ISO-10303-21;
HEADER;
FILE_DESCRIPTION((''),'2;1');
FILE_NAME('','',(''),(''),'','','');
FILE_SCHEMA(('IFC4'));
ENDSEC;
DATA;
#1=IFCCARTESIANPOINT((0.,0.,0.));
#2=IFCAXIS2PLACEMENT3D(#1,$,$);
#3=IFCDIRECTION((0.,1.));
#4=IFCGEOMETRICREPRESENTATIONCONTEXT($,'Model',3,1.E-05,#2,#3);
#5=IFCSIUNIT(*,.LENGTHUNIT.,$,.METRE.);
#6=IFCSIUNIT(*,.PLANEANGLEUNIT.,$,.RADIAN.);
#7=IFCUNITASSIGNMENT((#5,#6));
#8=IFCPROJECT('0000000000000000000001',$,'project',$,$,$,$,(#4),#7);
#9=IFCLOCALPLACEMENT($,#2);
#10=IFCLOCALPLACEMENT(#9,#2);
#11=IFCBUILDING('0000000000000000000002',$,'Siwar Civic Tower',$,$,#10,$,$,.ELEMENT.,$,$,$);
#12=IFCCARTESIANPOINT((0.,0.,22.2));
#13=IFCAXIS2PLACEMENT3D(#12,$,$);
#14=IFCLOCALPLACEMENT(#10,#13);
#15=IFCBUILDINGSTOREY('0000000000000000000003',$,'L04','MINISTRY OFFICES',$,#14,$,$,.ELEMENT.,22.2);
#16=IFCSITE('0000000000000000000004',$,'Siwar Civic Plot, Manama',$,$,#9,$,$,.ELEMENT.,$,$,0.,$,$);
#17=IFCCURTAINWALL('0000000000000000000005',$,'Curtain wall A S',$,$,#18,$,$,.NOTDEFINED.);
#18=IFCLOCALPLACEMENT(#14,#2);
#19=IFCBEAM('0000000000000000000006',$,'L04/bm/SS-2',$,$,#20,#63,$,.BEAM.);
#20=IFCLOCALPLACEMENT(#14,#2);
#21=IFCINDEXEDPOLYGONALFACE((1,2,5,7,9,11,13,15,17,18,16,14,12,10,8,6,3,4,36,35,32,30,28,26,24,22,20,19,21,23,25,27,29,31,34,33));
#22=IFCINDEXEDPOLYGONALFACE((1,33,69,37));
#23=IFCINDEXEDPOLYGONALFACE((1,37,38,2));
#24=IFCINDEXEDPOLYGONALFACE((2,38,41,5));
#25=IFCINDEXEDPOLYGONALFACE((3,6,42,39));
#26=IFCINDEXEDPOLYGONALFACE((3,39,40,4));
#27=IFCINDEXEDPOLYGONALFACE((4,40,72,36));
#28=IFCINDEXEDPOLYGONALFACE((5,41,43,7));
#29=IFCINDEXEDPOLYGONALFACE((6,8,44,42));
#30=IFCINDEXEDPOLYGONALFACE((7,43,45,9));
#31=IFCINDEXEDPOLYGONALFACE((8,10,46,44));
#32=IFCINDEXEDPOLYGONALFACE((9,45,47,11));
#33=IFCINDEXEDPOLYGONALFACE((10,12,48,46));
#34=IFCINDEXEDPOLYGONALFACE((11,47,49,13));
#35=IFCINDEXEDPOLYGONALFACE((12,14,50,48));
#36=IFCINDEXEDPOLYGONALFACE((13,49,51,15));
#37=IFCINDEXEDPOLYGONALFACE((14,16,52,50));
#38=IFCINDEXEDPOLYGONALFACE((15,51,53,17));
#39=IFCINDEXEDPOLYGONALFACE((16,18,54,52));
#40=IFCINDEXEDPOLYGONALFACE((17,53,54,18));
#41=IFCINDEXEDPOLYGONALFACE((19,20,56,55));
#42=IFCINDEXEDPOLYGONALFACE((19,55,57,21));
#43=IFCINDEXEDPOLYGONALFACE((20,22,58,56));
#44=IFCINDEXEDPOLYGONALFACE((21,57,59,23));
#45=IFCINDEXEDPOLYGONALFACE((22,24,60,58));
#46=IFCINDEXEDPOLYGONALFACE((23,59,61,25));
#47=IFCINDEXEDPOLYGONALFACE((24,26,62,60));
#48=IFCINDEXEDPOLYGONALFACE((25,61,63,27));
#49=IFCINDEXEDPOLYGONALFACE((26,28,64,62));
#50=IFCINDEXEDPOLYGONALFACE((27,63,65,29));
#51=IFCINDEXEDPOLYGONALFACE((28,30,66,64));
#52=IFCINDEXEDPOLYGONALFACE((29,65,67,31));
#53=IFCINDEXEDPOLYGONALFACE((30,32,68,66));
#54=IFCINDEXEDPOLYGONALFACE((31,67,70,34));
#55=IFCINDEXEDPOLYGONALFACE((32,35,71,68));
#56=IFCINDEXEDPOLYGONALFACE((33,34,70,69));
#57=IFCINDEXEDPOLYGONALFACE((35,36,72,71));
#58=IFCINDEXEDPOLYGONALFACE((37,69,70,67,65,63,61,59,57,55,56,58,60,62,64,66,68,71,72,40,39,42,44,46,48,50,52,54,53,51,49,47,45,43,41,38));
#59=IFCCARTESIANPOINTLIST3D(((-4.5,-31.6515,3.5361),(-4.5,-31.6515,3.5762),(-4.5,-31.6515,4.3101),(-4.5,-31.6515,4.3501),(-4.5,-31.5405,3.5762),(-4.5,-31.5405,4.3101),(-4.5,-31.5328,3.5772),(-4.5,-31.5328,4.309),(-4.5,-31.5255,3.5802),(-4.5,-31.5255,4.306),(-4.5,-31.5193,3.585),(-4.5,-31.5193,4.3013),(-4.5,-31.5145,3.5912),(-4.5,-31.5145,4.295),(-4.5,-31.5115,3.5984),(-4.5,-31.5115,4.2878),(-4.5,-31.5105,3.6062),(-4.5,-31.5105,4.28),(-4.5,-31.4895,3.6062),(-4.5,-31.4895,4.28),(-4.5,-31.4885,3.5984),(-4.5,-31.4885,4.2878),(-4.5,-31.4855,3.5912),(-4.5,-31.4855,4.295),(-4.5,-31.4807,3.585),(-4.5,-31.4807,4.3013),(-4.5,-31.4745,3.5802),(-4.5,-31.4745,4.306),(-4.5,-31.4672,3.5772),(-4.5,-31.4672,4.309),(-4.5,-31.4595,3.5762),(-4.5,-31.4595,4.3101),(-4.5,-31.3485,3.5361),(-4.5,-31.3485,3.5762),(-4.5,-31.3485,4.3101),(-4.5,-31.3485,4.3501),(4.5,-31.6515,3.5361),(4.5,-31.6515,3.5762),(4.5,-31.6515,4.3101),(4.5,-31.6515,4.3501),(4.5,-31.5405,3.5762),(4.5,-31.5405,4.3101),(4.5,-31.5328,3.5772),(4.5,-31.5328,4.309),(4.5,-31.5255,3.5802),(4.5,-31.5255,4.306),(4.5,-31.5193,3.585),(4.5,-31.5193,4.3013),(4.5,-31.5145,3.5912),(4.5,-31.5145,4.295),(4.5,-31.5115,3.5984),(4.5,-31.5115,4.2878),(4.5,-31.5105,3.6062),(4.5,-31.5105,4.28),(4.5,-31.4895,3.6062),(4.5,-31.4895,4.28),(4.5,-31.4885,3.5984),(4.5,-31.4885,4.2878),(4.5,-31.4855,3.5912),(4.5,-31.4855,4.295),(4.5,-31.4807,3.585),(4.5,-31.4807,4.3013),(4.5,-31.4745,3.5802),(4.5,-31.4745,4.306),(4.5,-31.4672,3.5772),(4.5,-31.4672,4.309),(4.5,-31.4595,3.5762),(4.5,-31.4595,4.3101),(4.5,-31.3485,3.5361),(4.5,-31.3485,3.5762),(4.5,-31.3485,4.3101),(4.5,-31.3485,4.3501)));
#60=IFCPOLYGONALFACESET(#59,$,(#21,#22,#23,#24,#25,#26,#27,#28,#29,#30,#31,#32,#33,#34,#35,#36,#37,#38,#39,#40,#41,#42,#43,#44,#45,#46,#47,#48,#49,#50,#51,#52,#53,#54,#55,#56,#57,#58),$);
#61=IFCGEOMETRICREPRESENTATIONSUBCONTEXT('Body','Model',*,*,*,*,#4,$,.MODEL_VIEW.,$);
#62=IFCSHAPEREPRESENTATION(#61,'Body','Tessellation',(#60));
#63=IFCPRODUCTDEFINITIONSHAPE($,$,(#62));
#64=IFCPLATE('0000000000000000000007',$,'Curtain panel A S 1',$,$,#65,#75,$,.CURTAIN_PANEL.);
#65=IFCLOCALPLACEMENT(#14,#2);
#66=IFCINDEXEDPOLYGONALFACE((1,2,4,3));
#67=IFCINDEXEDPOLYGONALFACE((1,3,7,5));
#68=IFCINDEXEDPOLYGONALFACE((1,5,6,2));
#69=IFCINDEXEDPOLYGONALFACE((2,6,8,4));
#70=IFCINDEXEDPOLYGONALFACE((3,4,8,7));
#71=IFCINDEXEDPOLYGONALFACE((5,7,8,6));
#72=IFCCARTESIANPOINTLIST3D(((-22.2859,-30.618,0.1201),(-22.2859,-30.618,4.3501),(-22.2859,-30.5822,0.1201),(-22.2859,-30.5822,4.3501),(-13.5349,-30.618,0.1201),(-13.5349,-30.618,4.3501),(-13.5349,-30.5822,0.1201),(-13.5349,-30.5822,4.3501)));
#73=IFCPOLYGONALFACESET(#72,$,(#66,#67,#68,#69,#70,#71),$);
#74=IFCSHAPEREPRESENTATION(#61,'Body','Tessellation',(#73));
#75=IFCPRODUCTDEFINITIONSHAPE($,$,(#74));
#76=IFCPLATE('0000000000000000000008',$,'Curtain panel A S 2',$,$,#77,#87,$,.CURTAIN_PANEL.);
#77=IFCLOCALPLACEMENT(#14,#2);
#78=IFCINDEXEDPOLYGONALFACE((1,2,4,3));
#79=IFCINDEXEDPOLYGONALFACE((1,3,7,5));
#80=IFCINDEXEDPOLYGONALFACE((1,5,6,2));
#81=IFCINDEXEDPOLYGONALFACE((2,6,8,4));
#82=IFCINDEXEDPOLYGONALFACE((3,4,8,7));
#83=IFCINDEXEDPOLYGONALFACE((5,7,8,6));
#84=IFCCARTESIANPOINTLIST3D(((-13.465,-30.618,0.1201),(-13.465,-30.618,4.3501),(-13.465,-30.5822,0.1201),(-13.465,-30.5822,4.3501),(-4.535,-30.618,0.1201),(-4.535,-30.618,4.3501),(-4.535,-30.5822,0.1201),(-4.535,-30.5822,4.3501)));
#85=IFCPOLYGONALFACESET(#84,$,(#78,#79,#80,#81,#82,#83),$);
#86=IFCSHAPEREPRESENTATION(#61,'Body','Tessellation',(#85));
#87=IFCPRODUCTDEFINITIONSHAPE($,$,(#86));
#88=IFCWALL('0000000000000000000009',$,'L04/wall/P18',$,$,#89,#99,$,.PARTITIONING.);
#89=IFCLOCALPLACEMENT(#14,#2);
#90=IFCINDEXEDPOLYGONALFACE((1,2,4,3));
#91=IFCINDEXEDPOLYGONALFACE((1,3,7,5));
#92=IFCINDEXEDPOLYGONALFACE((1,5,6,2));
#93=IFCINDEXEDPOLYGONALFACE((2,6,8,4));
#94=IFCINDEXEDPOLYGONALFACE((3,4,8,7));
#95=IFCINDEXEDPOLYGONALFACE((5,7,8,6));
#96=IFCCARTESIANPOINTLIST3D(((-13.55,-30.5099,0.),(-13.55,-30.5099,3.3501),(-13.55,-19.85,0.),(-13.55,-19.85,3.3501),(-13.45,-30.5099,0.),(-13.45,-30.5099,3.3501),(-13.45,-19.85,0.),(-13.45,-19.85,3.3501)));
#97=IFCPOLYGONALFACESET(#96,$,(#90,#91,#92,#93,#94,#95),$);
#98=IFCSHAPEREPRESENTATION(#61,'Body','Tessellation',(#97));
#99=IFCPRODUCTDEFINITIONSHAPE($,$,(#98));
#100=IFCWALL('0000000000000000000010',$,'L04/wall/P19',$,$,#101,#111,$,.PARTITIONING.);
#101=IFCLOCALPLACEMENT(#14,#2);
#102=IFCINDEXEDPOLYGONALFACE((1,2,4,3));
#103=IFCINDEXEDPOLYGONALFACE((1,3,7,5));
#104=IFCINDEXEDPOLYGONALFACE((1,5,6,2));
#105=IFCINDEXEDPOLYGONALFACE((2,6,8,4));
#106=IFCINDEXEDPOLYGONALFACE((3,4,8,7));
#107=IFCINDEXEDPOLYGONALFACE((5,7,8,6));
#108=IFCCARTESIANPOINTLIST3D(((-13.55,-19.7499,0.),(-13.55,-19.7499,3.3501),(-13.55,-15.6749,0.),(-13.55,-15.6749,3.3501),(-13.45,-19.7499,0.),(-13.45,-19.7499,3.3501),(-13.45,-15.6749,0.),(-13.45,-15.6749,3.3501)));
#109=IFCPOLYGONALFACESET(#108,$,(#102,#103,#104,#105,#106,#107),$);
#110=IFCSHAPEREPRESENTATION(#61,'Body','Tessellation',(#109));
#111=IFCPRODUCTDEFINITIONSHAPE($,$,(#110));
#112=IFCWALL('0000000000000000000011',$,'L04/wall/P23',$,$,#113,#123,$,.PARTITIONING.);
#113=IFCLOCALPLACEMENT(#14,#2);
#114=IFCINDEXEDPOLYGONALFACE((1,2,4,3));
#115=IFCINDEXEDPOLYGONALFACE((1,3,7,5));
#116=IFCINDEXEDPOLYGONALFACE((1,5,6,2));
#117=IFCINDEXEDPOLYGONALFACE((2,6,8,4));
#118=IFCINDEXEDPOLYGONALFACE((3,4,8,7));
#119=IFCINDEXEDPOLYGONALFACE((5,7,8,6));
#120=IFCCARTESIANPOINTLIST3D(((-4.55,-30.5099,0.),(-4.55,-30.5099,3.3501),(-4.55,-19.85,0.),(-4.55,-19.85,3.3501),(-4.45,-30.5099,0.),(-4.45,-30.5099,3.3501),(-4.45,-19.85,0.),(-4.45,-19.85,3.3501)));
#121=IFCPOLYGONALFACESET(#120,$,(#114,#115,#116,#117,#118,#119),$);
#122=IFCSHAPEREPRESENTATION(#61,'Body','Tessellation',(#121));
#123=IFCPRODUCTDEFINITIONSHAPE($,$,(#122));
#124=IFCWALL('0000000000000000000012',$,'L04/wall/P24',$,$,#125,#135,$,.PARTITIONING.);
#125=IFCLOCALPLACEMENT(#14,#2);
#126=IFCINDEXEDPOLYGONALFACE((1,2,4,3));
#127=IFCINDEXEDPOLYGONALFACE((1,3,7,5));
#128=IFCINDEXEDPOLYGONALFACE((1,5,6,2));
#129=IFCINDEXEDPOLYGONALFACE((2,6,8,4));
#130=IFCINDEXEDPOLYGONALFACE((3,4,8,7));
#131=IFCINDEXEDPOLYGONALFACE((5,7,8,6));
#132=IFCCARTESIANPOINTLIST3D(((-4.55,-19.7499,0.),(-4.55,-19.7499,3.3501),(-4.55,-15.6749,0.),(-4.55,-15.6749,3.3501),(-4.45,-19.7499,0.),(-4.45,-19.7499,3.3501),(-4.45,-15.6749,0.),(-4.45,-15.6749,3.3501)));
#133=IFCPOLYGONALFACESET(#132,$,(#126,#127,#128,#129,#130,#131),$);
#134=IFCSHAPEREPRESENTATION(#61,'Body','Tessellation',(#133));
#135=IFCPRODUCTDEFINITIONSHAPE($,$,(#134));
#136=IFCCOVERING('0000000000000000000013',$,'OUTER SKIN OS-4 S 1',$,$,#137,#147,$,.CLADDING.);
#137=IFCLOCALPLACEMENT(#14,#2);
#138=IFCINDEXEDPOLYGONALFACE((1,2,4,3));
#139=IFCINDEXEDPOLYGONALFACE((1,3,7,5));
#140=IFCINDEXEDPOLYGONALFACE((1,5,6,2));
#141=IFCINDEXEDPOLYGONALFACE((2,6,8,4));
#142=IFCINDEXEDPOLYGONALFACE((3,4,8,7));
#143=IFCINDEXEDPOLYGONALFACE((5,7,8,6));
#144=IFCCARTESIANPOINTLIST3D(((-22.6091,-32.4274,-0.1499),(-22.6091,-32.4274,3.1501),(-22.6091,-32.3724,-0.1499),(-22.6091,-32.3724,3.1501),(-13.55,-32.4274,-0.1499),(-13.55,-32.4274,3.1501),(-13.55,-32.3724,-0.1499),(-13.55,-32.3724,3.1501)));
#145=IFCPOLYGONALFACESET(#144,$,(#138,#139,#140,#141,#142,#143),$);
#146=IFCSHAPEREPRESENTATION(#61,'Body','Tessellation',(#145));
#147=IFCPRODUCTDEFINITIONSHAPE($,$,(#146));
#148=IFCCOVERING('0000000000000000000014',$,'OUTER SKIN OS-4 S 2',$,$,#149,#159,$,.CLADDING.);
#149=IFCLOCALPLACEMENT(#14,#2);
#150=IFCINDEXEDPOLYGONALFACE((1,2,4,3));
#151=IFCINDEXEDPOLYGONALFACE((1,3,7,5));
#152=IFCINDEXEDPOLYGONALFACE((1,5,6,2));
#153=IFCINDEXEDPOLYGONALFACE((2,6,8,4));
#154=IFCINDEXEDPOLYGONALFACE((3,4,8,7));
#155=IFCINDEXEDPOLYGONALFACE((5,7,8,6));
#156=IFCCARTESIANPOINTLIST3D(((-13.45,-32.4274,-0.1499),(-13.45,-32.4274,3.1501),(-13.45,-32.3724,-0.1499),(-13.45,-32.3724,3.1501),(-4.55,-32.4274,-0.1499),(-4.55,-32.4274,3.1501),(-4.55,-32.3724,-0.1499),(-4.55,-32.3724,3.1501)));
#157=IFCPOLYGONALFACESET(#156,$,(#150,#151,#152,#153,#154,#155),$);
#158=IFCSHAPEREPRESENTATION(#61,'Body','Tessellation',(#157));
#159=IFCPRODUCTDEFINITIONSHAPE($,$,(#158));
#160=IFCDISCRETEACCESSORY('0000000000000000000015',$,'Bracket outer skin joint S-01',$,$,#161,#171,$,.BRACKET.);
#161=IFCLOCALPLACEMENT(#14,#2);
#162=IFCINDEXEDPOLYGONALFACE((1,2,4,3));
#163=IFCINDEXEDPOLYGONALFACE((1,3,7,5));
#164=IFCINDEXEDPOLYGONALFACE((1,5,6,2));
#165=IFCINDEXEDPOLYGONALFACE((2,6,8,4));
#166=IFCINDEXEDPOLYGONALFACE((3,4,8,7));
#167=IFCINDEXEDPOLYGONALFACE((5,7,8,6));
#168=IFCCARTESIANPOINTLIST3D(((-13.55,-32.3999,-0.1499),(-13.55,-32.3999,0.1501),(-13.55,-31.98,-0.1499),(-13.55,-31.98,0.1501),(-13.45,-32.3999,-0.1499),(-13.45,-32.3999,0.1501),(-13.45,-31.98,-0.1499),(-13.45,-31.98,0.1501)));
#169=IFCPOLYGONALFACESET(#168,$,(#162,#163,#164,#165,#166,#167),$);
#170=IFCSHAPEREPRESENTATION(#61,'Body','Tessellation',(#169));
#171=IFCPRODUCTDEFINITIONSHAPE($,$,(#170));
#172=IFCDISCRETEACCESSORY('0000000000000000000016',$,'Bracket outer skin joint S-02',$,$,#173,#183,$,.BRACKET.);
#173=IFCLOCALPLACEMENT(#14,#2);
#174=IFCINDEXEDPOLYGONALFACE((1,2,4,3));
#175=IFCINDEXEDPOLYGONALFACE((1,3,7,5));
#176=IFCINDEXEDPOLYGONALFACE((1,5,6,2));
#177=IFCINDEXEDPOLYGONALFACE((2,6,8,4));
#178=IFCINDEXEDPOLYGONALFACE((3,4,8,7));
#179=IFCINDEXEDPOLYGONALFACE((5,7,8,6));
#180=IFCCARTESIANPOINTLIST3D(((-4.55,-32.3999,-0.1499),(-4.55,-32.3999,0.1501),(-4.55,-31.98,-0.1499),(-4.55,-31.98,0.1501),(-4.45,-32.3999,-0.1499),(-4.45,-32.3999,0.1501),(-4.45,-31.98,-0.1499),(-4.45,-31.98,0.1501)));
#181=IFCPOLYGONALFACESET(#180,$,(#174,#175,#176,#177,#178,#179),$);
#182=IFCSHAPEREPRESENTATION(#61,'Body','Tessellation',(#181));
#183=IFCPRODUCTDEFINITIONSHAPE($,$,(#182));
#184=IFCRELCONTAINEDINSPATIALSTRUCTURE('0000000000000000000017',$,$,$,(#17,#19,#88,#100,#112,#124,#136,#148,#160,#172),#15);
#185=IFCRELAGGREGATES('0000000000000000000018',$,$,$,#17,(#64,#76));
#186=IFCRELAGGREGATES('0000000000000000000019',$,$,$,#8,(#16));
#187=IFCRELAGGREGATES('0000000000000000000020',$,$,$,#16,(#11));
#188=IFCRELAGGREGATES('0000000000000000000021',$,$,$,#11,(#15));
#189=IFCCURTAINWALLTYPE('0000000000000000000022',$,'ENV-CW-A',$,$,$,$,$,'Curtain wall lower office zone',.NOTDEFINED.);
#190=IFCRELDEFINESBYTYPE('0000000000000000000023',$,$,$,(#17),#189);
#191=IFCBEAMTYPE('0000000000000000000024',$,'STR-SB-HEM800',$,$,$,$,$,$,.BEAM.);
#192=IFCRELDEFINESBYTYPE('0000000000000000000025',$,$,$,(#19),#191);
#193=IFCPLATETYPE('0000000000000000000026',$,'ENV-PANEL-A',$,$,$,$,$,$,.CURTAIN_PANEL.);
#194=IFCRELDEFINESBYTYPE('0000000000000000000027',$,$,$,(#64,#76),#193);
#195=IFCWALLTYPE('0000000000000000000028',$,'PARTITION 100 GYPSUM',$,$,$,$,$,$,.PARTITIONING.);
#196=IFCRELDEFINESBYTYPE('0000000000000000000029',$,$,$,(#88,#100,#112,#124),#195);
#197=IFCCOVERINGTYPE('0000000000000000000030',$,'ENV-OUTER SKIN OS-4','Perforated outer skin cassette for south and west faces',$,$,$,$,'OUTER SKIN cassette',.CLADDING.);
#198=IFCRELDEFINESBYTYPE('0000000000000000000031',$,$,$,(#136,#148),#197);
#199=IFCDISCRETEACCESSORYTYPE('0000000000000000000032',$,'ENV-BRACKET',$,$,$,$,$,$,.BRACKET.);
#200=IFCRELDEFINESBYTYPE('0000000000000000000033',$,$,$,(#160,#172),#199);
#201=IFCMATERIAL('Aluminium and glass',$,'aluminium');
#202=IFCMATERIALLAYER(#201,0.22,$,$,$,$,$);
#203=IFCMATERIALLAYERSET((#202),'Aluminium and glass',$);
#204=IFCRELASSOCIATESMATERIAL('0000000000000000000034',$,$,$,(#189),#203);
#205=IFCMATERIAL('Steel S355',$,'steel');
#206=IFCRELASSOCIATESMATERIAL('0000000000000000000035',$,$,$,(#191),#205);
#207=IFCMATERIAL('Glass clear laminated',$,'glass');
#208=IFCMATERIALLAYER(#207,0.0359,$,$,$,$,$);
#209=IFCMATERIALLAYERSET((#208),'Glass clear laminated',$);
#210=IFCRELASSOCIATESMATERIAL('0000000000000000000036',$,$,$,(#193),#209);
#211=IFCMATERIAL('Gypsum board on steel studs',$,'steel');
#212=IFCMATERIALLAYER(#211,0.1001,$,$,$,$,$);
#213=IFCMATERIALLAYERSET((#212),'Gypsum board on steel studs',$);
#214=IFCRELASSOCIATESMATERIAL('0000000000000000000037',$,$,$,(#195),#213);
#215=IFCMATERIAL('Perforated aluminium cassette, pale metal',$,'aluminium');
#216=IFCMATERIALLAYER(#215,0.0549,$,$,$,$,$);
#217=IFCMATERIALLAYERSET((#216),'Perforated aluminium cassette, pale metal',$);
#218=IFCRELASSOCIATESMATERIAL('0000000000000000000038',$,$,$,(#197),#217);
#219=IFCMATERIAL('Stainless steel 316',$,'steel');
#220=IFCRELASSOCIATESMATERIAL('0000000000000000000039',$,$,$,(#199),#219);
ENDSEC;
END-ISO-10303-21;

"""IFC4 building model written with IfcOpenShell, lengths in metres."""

from ifc_helpers import new_model, si_unit, direction, frame, frame_2d, origin, origin_2d, place, context, subcontext, project, spatial, rectangle, i_section, extrude, material, layer, layer_set, material_profile, profile_set, type_object, element, aggregate, save


model = new_model("IFC4")

# Units and contexts
model_context = context("Model", 3, precision=1e-05, world=origin(), true_north=direction((0.0, 1.0)))
body_context = subcontext(model_context, "Body", "Model", "MODEL_VIEW")
ifc_project = project(units=[si_unit("LENGTHUNIT", "METRE"), si_unit("PLANEANGLEUNIT", "RADIAN")], contexts=[model_context])

# Site, building, storey
site_placement = place(None, origin())
site = spatial("IfcSite", under=ifc_project, at=site_placement, Name="Siwar Civic Plot, Manama", CompositionType="ELEMENT", RefElevation=0.0)
building_placement = place(site_placement, origin())
building = spatial("IfcBuilding", under=site, at=building_placement, Name="Siwar Civic Tower", CompositionType="ELEMENT")
storey_placement = place(building_placement, frame((0.0, 0.0, 22.2)))
storey = spatial("IfcBuildingStorey", under=building, at=storey_placement, Name="L04", Description="MINISTRY OFFICES", CompositionType="ELEMENT", Elevation=22.2)

# Curtain wall
ifc_material_1 = material(Name="Aluminium and glass", Category="aluminium")
ifc_layer_1 = layer(ifc_material_1, 0.22)
ifc_layer_set_1 = layer_set([ifc_layer_1], Name="Aluminium and glass")
curtain_wall_type = type_object("IfcCurtainWallType", Name="ENV-CW-A", ElementType="Curtain wall lower office zone", PredefinedType="NOTDEFINED", material=ifc_layer_set_1)
curtain_wall_placement = place(storey_placement, origin())
curtain_wall = element("IfcCurtainWall", 1, at=curtain_wall_placement, inside=storey, type_object=curtain_wall_type, Name="Curtain wall A S", PredefinedType="NOTDEFINED")

# Beam
ifc_material_2 = material(Name="Steel S355", Category="steel")
ifc_material_profile_1 = material_profile(ifc_material_2, i_section(OverallWidth=0.303, OverallDepth=0.814, WebThickness=0.021, FlangeThickness=0.04, FilletRadius=0.03, at=origin_2d()), Name="HEM800")
ifc_profile_set_1 = profile_set([ifc_material_profile_1], Name="Steel S355")
beam_type_1 = type_object("IfcBeamType", Name="STR-SB-HEM800", PredefinedType="BEAM", material=ifc_profile_set_1)
for number, where, z_axis, x_axis, name in (
    (2, (-4.5, -31.5, 3.9431), (1.0, 0.0, 0.0), (0.0, 1.0, 0.0), "L04/bm/SS-2"),
):
    element("IfcBeam", number, at=place(storey_placement, frame(where, z_axis=z_axis, x_axis=x_axis)), inside=storey, type_object=beam_type_1, Name=name, PredefinedType="BEAM", context=body_context, shape_type="SweptSolid", body=[
        extrude(i_section(OverallWidth=0.303, OverallDepth=0.814, WebThickness=0.021, FlangeThickness=0.04, FilletRadius=0.03, at=origin_2d()), origin(), (0.0, 0.0, 1.0), 9.0),
    ])

# Plates
ifc_material_3 = material(Name="Glass clear laminated", Category="glass")
ifc_layer_2 = layer(ifc_material_3, 0.0359)
ifc_layer_set_2 = layer_set([ifc_layer_2], Name="Glass clear laminated")
plate_type = type_object("IfcPlateType", Name="ENV-PANEL-A", PredefinedType="CURTAIN_PANEL", material=ifc_layer_set_2)
plate_1_placement = place(storey_placement, frame((-17.9104, -30.6001, 0.1201), z_axis=(0.0, 0.0, 1.0), x_axis=(1.0, 0.0, 0.0)))
plate_1 = element("IfcPlate", 3, at=plate_1_placement, type_object=plate_type, Name="Curtain panel A S 1", PredefinedType="CURTAIN_PANEL", context=body_context, shape_type="SweptSolid", body=[
    extrude(rectangle(XDim=8.751, YDim=0.0359, at=origin_2d()), origin(), (0.0, 0.0, 1.0), 4.23),
])
plate_2_placement = place(storey_placement, frame((-9.0, -30.6001, 0.1201), z_axis=(0.0, 0.0, 1.0), x_axis=(1.0, 0.0, 0.0)))
plate_2 = element("IfcPlate", 4, at=plate_2_placement, type_object=plate_type, Name="Curtain panel A S 2", PredefinedType="CURTAIN_PANEL", context=body_context, shape_type="SweptSolid", body=[
    extrude(rectangle(XDim=8.9299, YDim=0.0359, at=origin_2d()), origin(), (0.0, 0.0, 1.0), 4.23),
])
aggregate(curtain_wall, [plate_1, plate_2])

# Walls
ifc_material_4 = material(Name="Gypsum board on steel studs", Category="steel")
ifc_layer_3 = layer(ifc_material_4, 0.1001)
ifc_layer_set_3 = layer_set([ifc_layer_3], Name="Gypsum board on steel studs")
wall_type = type_object("IfcWallType", Name="PARTITION 100 GYPSUM", PredefinedType="PARTITIONING", material=ifc_layer_set_3)
wall_1_placement = place(storey_placement, frame((-13.5, -30.51, 0.0), z_axis=(0.0, 0.0, 1.0), x_axis=(0.0, 1.0, 0.0)))
element("IfcWall", 5, at=wall_1_placement, inside=storey, type_object=wall_type, Name="L04/wall/P18", PredefinedType="PARTITIONING", context=body_context, shape_type="SweptSolid", body=[
    extrude(rectangle(XDim=10.6599, YDim=0.1001, at=frame_2d((5.3301, 0.0))), origin(), (0.0, 0.0, 1.0), 3.3501),
])
wall_2_placement = place(storey_placement, frame((-13.5, -19.75, 0.0), z_axis=(0.0, 0.0, 1.0), x_axis=(0.0, 1.0, 0.0)))
element("IfcWall", 6, at=wall_2_placement, inside=storey, type_object=wall_type, Name="L04/wall/P19", PredefinedType="PARTITIONING", context=body_context, shape_type="SweptSolid", body=[
    extrude(rectangle(XDim=4.075, YDim=0.1001, at=frame_2d((2.0376, 0.0))), origin(), (0.0, 0.0, 1.0), 3.3501),
])
wall_3_placement = place(storey_placement, frame((-4.5, -30.51, 0.0), z_axis=(0.0, 0.0, 1.0), x_axis=(0.0, 1.0, 0.0)))
element("IfcWall", 7, at=wall_3_placement, inside=storey, type_object=wall_type, Name="L04/wall/P23", PredefinedType="PARTITIONING", context=body_context, shape_type="SweptSolid", body=[
    extrude(rectangle(XDim=10.6599, YDim=0.1001, at=frame_2d((5.3301, 0.0))), origin(), (0.0, 0.0, 1.0), 3.3501),
])
wall_4_placement = place(storey_placement, frame((-4.5, -19.75, 0.0), z_axis=(0.0, 0.0, 1.0), x_axis=(0.0, 1.0, 0.0)))
element("IfcWall", 8, at=wall_4_placement, inside=storey, type_object=wall_type, Name="L04/wall/P24", PredefinedType="PARTITIONING", context=body_context, shape_type="SweptSolid", body=[
    extrude(rectangle(XDim=4.075, YDim=0.1001, at=frame_2d((2.0376, 0.0))), origin(), (0.0, 0.0, 1.0), 3.3501),
])

# Coverings
ifc_material_5 = material(Name="Perforated aluminium cassette, pale metal", Category="aluminium")
ifc_layer_4 = layer(ifc_material_5, 0.0549)
ifc_layer_set_4 = layer_set([ifc_layer_4], Name="Perforated aluminium cassette, pale metal")
covering_type = type_object("IfcCoveringType", Name="ENV-OUTER SKIN OS-4", Description="Perforated outer skin cassette for south and west faces", ElementType="OUTER SKIN cassette", PredefinedType="CLADDING", material=ifc_layer_set_4)
covering_1_placement = place(storey_placement, frame((-18.0796, -32.3999, -0.1499), z_axis=(0.0, 0.0, 1.0), x_axis=(1.0, 0.0, 0.0)))
element("IfcCovering", 9, at=covering_1_placement, inside=storey, type_object=covering_type, Name="OUTER SKIN OS-4 S 1", PredefinedType="CLADDING", context=body_context, shape_type="SweptSolid", body=[
    extrude(rectangle(XDim=9.0591, YDim=0.0549, at=origin_2d()), origin(), (0.0, 0.0, 1.0), 3.3),
])
covering_2_placement = place(storey_placement, frame((-9.0, -32.3999, -0.1499), z_axis=(0.0, 0.0, 1.0), x_axis=(1.0, 0.0, 0.0)))
element("IfcCovering", 10, at=covering_2_placement, inside=storey, type_object=covering_type, Name="OUTER SKIN OS-4 S 2", PredefinedType="CLADDING", context=body_context, shape_type="SweptSolid", body=[
    extrude(rectangle(XDim=8.8999, YDim=0.0549, at=origin_2d()), origin(), (0.0, 0.0, 1.0), 3.3),
])

# Discrete accessories
ifc_material_6 = material(Name="Stainless steel 316", Category="steel")
discrete_accessory_type = type_object("IfcDiscreteAccessoryType", Name="ENV-BRACKET", PredefinedType="BRACKET", material=ifc_material_6)
for number, where, z_axis, x_axis, name in (
    (11, (-13.5, -32.1899, -0.1499), (0.0, 0.0, 1.0), (0.0, -1.0, 0.0), "Bracket outer skin joint S-01"),
    (12, (-4.5, -32.1899, -0.1499), (0.0, 0.0, 1.0), (0.0, -1.0, 0.0), "Bracket outer skin joint S-02"),
):
    element("IfcDiscreteAccessory", number, at=place(storey_placement, frame(where, z_axis=z_axis, x_axis=x_axis)), inside=storey, type_object=discrete_accessory_type, Name=name, PredefinedType="BRACKET", context=body_context, shape_type="SweptSolid", body=[
        extrude(rectangle(XDim=0.4199, YDim=0.1001, at=origin_2d()), origin(), (0.0, 0.0, 1.0), 0.3),
    ])

save(model, "model.ifc")
